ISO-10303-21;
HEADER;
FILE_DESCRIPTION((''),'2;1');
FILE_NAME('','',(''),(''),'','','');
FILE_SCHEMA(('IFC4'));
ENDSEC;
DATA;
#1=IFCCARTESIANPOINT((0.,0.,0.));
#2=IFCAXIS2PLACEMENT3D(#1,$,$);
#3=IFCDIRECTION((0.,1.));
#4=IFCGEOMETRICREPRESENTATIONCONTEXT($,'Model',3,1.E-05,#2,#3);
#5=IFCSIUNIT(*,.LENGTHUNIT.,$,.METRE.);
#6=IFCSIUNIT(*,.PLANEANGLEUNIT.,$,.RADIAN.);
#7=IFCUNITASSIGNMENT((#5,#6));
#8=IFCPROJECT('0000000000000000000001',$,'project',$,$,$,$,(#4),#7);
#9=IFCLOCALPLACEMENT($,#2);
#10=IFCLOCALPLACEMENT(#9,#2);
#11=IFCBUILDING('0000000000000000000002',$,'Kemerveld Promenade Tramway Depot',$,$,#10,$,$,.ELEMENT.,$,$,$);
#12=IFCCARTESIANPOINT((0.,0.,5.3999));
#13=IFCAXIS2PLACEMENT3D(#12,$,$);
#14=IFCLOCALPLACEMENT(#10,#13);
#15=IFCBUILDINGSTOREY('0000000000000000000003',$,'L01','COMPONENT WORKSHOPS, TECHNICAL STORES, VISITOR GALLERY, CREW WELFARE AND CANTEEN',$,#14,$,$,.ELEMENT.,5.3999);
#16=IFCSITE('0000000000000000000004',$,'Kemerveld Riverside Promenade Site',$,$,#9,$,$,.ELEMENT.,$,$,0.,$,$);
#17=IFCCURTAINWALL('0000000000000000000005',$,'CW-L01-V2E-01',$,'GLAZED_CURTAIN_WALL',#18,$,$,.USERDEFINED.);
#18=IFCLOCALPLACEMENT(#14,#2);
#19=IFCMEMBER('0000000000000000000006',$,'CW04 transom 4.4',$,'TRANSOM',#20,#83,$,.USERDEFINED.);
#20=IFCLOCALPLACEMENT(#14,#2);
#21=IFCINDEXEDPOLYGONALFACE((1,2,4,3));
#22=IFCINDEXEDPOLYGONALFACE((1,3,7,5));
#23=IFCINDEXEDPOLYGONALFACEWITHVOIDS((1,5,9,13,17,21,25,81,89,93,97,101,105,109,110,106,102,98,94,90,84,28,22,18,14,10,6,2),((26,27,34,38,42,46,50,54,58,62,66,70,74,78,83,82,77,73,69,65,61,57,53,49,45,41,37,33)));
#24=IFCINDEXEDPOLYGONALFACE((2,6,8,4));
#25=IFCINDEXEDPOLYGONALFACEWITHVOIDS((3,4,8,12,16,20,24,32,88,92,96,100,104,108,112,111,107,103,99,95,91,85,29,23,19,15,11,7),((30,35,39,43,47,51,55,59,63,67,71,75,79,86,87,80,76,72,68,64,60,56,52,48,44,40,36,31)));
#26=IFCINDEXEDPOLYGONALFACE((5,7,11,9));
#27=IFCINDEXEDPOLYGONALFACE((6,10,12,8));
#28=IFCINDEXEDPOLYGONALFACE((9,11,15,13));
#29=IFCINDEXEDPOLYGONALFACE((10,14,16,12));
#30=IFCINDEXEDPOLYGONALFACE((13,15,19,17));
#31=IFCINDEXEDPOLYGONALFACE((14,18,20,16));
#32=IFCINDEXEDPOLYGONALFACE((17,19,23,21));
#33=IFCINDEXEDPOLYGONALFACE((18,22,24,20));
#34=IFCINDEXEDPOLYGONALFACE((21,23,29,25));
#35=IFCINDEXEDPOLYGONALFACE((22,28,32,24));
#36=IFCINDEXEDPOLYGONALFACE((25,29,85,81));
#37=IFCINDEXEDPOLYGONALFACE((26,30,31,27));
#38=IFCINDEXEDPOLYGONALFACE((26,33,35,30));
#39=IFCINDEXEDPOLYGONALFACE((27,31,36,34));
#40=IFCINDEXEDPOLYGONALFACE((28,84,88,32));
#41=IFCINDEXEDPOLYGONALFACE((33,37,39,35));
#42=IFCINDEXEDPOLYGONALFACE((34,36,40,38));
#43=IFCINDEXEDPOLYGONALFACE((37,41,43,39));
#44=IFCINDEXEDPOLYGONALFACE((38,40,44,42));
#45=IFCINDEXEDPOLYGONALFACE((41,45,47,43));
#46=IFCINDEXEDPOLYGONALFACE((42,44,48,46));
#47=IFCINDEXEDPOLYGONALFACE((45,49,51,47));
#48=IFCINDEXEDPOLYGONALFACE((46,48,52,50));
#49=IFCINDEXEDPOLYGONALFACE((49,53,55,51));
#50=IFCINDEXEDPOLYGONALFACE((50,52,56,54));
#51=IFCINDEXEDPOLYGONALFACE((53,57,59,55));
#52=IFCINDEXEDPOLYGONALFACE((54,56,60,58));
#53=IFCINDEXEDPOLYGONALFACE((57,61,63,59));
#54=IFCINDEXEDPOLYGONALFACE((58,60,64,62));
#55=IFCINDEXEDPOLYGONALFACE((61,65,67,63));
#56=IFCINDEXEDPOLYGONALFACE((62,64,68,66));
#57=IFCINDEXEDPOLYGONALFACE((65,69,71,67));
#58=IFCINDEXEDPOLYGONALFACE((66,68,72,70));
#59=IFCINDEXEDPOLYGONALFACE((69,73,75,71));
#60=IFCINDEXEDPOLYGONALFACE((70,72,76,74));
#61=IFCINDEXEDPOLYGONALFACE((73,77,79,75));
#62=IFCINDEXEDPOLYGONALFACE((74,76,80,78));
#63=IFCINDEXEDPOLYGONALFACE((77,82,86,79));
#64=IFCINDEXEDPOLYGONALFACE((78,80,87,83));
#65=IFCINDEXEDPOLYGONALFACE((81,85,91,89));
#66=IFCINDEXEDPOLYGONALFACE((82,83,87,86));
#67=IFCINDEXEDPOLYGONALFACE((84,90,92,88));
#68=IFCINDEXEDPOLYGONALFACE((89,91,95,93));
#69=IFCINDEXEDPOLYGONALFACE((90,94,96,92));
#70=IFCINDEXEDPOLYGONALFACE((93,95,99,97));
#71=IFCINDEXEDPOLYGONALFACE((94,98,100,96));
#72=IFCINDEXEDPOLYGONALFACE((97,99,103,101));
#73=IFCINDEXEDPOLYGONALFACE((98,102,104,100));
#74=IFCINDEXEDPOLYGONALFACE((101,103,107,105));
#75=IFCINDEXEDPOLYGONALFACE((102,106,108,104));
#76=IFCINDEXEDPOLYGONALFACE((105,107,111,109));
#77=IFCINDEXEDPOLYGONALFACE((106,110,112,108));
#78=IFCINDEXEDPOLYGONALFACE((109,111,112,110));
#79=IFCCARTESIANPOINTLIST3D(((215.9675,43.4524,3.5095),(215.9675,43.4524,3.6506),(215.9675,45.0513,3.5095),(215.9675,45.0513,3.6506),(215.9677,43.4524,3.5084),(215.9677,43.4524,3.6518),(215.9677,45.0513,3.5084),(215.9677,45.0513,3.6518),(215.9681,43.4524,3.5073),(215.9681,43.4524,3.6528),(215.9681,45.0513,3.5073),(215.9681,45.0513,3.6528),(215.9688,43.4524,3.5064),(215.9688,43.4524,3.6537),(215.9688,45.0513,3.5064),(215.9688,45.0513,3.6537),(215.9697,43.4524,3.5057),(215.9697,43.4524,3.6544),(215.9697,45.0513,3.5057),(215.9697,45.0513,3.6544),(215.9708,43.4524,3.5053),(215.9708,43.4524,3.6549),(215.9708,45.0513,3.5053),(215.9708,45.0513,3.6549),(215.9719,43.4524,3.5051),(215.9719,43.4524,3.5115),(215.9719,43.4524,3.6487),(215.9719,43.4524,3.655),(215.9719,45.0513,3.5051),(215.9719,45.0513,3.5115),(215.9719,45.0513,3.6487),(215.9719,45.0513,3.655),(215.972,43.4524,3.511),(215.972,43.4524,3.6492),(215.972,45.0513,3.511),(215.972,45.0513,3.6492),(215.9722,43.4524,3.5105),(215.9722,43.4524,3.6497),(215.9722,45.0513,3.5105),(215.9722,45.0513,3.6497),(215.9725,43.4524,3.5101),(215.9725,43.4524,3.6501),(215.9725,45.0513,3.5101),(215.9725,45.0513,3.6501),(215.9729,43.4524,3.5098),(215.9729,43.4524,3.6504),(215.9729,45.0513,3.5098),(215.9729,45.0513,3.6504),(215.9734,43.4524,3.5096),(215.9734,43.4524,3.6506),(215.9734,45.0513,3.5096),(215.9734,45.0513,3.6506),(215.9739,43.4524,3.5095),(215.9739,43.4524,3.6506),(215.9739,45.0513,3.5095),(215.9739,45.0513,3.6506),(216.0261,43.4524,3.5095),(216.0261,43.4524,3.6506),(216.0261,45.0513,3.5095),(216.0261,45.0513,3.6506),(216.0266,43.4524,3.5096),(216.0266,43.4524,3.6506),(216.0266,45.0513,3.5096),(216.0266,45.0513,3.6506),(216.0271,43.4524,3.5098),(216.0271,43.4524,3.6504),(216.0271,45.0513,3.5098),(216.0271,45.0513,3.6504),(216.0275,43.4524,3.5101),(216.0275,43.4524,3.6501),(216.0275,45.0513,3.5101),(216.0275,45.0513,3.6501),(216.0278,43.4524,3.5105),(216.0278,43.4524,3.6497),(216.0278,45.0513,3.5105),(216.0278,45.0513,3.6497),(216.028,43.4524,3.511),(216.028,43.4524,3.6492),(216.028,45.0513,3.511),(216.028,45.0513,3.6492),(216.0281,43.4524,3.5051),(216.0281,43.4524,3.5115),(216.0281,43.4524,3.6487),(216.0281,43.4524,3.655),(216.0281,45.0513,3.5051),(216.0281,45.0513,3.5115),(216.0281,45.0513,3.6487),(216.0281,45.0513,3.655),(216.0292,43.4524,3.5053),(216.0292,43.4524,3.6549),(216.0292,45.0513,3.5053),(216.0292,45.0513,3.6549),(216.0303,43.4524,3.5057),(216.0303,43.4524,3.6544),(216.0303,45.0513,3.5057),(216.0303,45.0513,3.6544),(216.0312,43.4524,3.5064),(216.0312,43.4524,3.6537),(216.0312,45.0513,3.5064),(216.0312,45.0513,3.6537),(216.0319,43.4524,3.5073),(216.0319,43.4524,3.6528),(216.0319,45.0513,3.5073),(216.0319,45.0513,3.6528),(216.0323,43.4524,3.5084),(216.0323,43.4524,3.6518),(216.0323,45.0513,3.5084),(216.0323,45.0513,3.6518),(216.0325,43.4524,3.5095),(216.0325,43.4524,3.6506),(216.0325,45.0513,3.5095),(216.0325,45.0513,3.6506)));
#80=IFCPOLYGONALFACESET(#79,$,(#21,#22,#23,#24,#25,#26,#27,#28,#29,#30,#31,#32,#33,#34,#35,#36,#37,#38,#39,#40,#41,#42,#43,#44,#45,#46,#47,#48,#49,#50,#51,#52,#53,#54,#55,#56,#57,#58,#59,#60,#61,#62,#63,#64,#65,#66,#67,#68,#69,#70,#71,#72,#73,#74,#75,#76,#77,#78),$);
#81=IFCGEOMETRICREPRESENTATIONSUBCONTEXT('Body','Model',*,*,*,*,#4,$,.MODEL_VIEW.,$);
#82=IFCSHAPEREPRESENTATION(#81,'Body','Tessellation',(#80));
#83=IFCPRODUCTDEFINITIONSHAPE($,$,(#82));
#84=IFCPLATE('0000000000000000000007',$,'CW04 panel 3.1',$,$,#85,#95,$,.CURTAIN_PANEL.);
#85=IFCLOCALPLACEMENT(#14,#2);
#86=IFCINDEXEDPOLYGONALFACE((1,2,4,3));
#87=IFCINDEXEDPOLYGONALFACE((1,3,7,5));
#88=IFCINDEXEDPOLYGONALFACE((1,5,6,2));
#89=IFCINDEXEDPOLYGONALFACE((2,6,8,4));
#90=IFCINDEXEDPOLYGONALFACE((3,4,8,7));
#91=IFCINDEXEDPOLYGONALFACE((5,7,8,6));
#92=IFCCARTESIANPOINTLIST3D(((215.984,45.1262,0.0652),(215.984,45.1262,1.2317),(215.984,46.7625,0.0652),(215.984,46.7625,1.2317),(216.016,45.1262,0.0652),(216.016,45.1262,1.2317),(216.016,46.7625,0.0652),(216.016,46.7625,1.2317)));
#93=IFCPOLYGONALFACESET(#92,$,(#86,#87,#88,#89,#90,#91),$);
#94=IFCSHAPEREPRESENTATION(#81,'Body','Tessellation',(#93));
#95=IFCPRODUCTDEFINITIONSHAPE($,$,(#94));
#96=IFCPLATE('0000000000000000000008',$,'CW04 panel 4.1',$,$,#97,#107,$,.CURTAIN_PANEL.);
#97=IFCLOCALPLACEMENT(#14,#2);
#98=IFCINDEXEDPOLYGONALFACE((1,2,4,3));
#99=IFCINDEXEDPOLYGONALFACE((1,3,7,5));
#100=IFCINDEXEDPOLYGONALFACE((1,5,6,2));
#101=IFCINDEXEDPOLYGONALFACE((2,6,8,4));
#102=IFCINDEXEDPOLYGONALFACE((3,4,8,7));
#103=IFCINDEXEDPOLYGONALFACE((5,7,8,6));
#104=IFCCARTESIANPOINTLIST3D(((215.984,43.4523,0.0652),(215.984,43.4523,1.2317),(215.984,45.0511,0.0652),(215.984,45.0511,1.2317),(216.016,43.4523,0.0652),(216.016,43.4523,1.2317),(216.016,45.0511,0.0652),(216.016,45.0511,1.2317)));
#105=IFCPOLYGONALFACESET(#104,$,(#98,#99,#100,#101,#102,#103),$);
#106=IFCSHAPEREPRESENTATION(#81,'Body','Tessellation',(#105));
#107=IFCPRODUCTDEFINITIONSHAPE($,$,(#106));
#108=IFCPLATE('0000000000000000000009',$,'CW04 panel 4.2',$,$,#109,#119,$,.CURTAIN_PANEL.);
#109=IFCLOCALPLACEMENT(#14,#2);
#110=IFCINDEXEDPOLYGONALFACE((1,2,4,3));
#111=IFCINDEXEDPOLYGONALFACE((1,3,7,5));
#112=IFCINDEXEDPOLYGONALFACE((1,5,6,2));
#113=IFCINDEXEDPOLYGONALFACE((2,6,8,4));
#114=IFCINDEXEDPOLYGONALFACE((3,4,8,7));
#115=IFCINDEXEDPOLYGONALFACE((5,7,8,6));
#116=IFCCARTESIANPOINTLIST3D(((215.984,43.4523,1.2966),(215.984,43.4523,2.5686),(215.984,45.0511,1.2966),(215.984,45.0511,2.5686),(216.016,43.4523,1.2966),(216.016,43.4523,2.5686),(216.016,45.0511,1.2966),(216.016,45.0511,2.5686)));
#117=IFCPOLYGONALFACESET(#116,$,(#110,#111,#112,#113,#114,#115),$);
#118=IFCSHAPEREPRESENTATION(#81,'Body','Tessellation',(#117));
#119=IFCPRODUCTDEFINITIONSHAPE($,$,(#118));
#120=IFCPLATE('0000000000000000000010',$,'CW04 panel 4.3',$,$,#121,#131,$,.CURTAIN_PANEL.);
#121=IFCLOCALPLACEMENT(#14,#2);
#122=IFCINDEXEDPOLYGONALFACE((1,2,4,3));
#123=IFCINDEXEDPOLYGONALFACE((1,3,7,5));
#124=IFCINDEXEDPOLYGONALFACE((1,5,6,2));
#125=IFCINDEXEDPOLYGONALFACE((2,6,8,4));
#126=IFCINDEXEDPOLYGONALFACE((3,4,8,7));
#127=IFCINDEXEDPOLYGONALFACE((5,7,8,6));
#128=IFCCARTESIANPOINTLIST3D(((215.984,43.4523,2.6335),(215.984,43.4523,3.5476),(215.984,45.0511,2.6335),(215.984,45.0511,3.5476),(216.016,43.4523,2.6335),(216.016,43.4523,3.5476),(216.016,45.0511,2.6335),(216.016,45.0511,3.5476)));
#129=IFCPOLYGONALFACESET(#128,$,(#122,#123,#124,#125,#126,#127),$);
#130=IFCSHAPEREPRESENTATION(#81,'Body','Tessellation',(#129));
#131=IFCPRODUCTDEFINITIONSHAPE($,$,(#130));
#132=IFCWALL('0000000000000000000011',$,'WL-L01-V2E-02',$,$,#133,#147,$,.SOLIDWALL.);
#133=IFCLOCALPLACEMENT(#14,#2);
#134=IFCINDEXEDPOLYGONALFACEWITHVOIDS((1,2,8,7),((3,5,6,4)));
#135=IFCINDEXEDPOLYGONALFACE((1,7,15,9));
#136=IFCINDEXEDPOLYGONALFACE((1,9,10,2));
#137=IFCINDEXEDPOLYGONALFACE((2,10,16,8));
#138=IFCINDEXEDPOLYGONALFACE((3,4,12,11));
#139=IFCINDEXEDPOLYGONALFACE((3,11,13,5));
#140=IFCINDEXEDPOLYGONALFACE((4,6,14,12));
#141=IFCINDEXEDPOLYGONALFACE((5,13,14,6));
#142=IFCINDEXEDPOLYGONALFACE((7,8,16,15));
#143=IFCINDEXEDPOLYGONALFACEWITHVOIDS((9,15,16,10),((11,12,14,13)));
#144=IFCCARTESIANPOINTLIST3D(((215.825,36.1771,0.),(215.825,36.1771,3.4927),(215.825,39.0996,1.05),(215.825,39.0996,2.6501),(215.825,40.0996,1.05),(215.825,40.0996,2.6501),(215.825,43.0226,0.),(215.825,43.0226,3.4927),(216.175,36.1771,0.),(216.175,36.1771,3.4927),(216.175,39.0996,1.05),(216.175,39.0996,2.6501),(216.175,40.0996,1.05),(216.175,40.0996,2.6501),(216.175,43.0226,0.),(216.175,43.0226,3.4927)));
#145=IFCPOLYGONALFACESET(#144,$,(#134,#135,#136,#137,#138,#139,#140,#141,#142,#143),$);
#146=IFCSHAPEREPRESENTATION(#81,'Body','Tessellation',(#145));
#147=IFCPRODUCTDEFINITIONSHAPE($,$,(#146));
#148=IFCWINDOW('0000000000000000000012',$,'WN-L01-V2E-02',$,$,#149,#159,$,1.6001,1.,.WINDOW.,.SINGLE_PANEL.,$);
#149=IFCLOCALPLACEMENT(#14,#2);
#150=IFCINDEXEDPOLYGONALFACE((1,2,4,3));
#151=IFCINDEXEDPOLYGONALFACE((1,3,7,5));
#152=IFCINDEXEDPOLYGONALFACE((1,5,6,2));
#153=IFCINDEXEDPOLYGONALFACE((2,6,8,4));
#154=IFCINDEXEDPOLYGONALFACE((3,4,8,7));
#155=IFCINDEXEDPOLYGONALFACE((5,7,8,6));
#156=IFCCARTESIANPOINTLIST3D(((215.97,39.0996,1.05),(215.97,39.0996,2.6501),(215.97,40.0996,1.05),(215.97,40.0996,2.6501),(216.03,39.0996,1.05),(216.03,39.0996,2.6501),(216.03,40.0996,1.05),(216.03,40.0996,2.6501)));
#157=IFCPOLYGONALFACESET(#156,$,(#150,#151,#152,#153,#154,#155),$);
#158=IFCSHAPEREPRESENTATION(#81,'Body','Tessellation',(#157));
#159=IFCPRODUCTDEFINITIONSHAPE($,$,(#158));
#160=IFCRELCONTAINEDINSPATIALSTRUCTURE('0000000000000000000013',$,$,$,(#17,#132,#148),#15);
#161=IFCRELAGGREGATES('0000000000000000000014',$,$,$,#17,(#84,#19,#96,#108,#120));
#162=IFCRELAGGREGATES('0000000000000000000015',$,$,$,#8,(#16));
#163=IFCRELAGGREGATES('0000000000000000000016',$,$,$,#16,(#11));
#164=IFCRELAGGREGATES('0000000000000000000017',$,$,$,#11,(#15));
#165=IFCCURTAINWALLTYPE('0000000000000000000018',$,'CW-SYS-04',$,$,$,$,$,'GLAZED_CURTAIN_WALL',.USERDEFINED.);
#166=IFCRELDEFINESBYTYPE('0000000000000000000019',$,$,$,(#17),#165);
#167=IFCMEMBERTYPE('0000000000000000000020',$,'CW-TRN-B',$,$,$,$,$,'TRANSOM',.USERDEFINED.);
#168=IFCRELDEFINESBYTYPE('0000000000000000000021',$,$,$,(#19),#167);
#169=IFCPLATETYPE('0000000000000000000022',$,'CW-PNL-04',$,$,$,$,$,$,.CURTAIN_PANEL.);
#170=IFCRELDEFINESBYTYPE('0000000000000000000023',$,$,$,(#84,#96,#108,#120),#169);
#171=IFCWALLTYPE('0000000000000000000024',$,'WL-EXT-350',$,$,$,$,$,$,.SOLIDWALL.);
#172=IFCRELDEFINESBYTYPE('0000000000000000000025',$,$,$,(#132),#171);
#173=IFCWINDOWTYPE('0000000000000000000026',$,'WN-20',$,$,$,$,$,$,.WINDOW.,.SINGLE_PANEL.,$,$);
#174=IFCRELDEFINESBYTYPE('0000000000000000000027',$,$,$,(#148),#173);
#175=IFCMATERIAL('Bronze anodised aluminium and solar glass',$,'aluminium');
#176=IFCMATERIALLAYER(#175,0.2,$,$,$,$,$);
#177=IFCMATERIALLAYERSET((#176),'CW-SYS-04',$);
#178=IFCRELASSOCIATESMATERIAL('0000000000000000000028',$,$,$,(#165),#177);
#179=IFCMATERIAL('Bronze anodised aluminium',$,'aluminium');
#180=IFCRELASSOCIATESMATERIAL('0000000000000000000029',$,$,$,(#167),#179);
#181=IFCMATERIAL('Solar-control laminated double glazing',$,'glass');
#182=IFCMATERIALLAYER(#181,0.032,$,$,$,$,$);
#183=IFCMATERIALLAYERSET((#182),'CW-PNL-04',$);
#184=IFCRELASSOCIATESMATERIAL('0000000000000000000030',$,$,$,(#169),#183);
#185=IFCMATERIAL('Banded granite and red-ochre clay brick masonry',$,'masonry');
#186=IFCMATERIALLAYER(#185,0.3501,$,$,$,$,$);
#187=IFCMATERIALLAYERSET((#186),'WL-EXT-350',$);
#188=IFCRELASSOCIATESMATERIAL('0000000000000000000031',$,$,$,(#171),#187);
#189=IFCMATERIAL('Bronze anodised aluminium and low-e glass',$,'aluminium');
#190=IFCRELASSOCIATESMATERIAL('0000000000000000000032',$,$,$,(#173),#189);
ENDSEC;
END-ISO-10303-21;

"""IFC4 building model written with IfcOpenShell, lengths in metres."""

from ifc_helpers import new_model, si_unit, direction, frame, frame_2d, origin, origin_2d, place, context, subcontext, project, spatial, rectangle, hollow_rectangle, extrude, material, layer, layer_set, material_profile, profile_set, type_object, element, fill, aggregate, save


model = new_model("IFC4")

# Units and contexts
model_context = context("Model", 3, precision=1e-05, world=origin(), true_north=direction((0.0, 1.0)))
body_context = subcontext(model_context, "Body", "Model", "MODEL_VIEW")
ifc_project = project(units=[si_unit("LENGTHUNIT", "METRE"), si_unit("PLANEANGLEUNIT", "RADIAN")], contexts=[model_context])

# Site, building, storey
site_placement = place(None, origin())
site = spatial("IfcSite", under=ifc_project, at=site_placement, Name="Kemerveld Riverside Promenade Site", CompositionType="ELEMENT", RefElevation=0.0)
building_placement = place(site_placement, origin())
building = spatial("IfcBuilding", under=site, at=building_placement, Name="Kemerveld Promenade Tramway Depot", CompositionType="ELEMENT")
storey_placement = place(building_placement, frame((0.0, 0.0, 5.3999)))
storey = spatial("IfcBuildingStorey", under=building, at=storey_placement, Name="L01", Description="COMPONENT WORKSHOPS, TECHNICAL STORES, VISITOR GALLERY, CREW WELFARE AND CANTEEN", CompositionType="ELEMENT", Elevation=5.3999)

# Curtain wall, member, plates
ifc_material_1 = material(Name="Bronze anodised aluminium and solar glass", Category="aluminium")
ifc_layer_1 = layer(ifc_material_1, 0.2)
ifc_layer_set_1 = layer_set([ifc_layer_1], Name="CW-SYS-04")
curtain_wall_type = type_object("IfcCurtainWallType", Name="CW-SYS-04", ElementType="GLAZED_CURTAIN_WALL", PredefinedType="USERDEFINED", material=ifc_layer_set_1)
curtain_wall_placement = place(storey_placement, origin())
curtain_wall = element("IfcCurtainWall", 1, at=curtain_wall_placement, inside=storey, type_object=curtain_wall_type, Name="CW-L01-V2E-01", ObjectType="GLAZED_CURTAIN_WALL", PredefinedType="USERDEFINED")
ifc_material_2 = material(Name="Bronze anodised aluminium", Category="aluminium")
ifc_material_profile_1 = material_profile(ifc_material_2, hollow_rectangle(XDim=0.0649, YDim=0.1499, WallThickness=0.0044, InnerFilletRadius=0.002, OuterFilletRadius=0.0044, at=origin_2d()), Name="CW-TRN-150x65")
ifc_profile_set_1 = profile_set([ifc_material_profile_1], Name="Bronze anodised aluminium")
member_type_1 = type_object("IfcMemberType", Name="CW-TRN-B", ElementType="TRANSOM", PredefinedType="USERDEFINED", material=ifc_profile_set_1)
member_1_placement = place(storey_placement, frame((216.0, 45.0513, 3.5801), z_axis=(0.0, -1.0, 0.0), x_axis=(1.0, 0.0, 0.0)))
member_1 = element("IfcMember", 2, at=member_1_placement, type_object=member_type_1, Name="CW04 transom 4.4", ObjectType="TRANSOM", PredefinedType="USERDEFINED", context=body_context, shape_type="SweptSolid", body=[
    extrude(hollow_rectangle(XDim=0.0649, YDim=0.1499, WallThickness=0.0044, InnerFilletRadius=0.002, OuterFilletRadius=0.0044, at=origin_2d()), origin(), (0.0, 0.0, 1.0), 1.5989),
])
ifc_material_3 = material(Name="Solar-control laminated double glazing", Category="glass")
ifc_layer_2 = layer(ifc_material_3, 0.032)
ifc_layer_set_2 = layer_set([ifc_layer_2], Name="CW-PNL-04")
plate_type = type_object("IfcPlateType", Name="CW-PNL-04", PredefinedType="CURTAIN_PANEL", material=ifc_layer_set_2)
plate_1_placement = place(storey_placement, frame((216.0, 45.9443, 0.0652), z_axis=(0.0, 0.0, 1.0), x_axis=(0.0, -1.0, 0.0)))
plate_1 = element("IfcPlate", 3, at=plate_1_placement, type_object=plate_type, Name="CW04 panel 3.1", PredefinedType="CURTAIN_PANEL", context=body_context, shape_type="SweptSolid", body=[
    extrude(rectangle(XDim=1.6362, YDim=0.032, at=origin_2d()), origin(), (0.0, 0.0, 1.0), 1.1665),
])
plate_2_placement = place(storey_placement, frame((216.0, 44.2517, 0.0652), z_axis=(0.0, 0.0, 1.0), x_axis=(0.0, -1.0, 0.0)))
plate_2 = element("IfcPlate", 4, at=plate_2_placement, type_object=plate_type, Name="CW04 panel 4.1", PredefinedType="CURTAIN_PANEL", context=body_context, shape_type="SweptSolid", body=[
    extrude(rectangle(XDim=1.5989, YDim=0.032, at=origin_2d()), origin(), (0.0, 0.0, 1.0), 1.1665),
])
plate_3_placement = place(storey_placement, frame((216.0, 44.2517, 1.2966), z_axis=(0.0, 0.0, 1.0), x_axis=(0.0, -1.0, 0.0)))
plate_3 = element("IfcPlate", 5, at=plate_3_placement, type_object=plate_type, Name="CW04 panel 4.2", PredefinedType="CURTAIN_PANEL", context=body_context, shape_type="SweptSolid", body=[
    extrude(rectangle(XDim=1.5989, YDim=0.032, at=origin_2d()), origin(), (0.0, 0.0, 1.0), 1.272),
])
plate_4_placement = place(storey_placement, frame((216.0, 44.2517, 2.6335), z_axis=(0.0, 0.0, 1.0), x_axis=(0.0, -1.0, 0.0)))
plate_4 = element("IfcPlate", 6, at=plate_4_placement, type_object=plate_type, Name="CW04 panel 4.3", PredefinedType="CURTAIN_PANEL", context=body_context, shape_type="SweptSolid", body=[
    extrude(rectangle(XDim=1.5989, YDim=0.032, at=origin_2d()), origin(), (0.0, 0.0, 1.0), 0.9141),
])
aggregate(curtain_wall, [plate_1, member_1, plate_2, plate_3, plate_4])

# Wall, opening, window
ifc_material_4 = material(Name="Banded granite and red-ochre clay brick masonry", Category="masonry")
ifc_layer_3 = layer(ifc_material_4, 0.3501)
ifc_layer_set_3 = layer_set([ifc_layer_3], Name="WL-EXT-350")
wall_type = type_object("IfcWallType", Name="WL-EXT-350", PredefinedType="SOLIDWALL", material=ifc_layer_set_3)
wall_placement = place(storey_placement, frame((216.0, 43.0227, 0.0), z_axis=(0.0, 0.0, 1.0), x_axis=(0.0, -1.0, 0.0)))
wall = element("IfcWall", 7, at=wall_placement, inside=storey, type_object=wall_type, Name="WL-L01-V2E-02", PredefinedType="SOLIDWALL", context=body_context, shape_type="SweptSolid", body=[
    extrude(rectangle(XDim=6.8455, YDim=0.3501, at=frame_2d((3.4229, 0.0))), origin(), (0.0, 0.0, 1.0), 3.4927),
])
opening_placement = place(wall_placement, frame((2.9231, 0.0, 1.05)))
opening = element("IfcOpeningElement", 8, at=opening_placement, cuts=wall, PredefinedType="OPENING", context=body_context, shape_type="SweptSolid", body=[
    extrude(rectangle(XDim=1.0, YDim=1.6001, at=frame_2d((0.5, 0.8))), frame((0.0, 0.1851, 0.0), z_axis=(0.0, -1.0, 0.0), x_axis=(1.0, 0.0, 0.0)), (0.0, 0.0, 1.0), 0.3701),
])
ifc_material_5 = material(Name="Bronze anodised aluminium and low-e glass", Category="aluminium")
window_type = type_object("IfcWindowType", Name="WN-20", PartitioningType="SINGLE_PANEL", PredefinedType="WINDOW", material=ifc_material_5)
window_placement = place(opening_placement, origin())
window = element("IfcWindow", 9, at=window_placement, inside=storey, type_object=window_type, Name="WN-L01-V2E-02", OverallHeight=1.6001, OverallWidth=1.0, PartitioningType="SINGLE_PANEL", PredefinedType="WINDOW", context=body_context, shape_type="SweptSolid", body=[
    extrude(rectangle(XDim=1.0, YDim=1.6001, at=frame_2d((0.5, 0.8))), frame((0.0, 0.03, 0.0), z_axis=(0.0, -1.0, 0.0), x_axis=(1.0, 0.0, 0.0)), (0.0, 0.0, 1.0), 0.0601),
])
fill(opening, window)

save(model, "model.ifc")
